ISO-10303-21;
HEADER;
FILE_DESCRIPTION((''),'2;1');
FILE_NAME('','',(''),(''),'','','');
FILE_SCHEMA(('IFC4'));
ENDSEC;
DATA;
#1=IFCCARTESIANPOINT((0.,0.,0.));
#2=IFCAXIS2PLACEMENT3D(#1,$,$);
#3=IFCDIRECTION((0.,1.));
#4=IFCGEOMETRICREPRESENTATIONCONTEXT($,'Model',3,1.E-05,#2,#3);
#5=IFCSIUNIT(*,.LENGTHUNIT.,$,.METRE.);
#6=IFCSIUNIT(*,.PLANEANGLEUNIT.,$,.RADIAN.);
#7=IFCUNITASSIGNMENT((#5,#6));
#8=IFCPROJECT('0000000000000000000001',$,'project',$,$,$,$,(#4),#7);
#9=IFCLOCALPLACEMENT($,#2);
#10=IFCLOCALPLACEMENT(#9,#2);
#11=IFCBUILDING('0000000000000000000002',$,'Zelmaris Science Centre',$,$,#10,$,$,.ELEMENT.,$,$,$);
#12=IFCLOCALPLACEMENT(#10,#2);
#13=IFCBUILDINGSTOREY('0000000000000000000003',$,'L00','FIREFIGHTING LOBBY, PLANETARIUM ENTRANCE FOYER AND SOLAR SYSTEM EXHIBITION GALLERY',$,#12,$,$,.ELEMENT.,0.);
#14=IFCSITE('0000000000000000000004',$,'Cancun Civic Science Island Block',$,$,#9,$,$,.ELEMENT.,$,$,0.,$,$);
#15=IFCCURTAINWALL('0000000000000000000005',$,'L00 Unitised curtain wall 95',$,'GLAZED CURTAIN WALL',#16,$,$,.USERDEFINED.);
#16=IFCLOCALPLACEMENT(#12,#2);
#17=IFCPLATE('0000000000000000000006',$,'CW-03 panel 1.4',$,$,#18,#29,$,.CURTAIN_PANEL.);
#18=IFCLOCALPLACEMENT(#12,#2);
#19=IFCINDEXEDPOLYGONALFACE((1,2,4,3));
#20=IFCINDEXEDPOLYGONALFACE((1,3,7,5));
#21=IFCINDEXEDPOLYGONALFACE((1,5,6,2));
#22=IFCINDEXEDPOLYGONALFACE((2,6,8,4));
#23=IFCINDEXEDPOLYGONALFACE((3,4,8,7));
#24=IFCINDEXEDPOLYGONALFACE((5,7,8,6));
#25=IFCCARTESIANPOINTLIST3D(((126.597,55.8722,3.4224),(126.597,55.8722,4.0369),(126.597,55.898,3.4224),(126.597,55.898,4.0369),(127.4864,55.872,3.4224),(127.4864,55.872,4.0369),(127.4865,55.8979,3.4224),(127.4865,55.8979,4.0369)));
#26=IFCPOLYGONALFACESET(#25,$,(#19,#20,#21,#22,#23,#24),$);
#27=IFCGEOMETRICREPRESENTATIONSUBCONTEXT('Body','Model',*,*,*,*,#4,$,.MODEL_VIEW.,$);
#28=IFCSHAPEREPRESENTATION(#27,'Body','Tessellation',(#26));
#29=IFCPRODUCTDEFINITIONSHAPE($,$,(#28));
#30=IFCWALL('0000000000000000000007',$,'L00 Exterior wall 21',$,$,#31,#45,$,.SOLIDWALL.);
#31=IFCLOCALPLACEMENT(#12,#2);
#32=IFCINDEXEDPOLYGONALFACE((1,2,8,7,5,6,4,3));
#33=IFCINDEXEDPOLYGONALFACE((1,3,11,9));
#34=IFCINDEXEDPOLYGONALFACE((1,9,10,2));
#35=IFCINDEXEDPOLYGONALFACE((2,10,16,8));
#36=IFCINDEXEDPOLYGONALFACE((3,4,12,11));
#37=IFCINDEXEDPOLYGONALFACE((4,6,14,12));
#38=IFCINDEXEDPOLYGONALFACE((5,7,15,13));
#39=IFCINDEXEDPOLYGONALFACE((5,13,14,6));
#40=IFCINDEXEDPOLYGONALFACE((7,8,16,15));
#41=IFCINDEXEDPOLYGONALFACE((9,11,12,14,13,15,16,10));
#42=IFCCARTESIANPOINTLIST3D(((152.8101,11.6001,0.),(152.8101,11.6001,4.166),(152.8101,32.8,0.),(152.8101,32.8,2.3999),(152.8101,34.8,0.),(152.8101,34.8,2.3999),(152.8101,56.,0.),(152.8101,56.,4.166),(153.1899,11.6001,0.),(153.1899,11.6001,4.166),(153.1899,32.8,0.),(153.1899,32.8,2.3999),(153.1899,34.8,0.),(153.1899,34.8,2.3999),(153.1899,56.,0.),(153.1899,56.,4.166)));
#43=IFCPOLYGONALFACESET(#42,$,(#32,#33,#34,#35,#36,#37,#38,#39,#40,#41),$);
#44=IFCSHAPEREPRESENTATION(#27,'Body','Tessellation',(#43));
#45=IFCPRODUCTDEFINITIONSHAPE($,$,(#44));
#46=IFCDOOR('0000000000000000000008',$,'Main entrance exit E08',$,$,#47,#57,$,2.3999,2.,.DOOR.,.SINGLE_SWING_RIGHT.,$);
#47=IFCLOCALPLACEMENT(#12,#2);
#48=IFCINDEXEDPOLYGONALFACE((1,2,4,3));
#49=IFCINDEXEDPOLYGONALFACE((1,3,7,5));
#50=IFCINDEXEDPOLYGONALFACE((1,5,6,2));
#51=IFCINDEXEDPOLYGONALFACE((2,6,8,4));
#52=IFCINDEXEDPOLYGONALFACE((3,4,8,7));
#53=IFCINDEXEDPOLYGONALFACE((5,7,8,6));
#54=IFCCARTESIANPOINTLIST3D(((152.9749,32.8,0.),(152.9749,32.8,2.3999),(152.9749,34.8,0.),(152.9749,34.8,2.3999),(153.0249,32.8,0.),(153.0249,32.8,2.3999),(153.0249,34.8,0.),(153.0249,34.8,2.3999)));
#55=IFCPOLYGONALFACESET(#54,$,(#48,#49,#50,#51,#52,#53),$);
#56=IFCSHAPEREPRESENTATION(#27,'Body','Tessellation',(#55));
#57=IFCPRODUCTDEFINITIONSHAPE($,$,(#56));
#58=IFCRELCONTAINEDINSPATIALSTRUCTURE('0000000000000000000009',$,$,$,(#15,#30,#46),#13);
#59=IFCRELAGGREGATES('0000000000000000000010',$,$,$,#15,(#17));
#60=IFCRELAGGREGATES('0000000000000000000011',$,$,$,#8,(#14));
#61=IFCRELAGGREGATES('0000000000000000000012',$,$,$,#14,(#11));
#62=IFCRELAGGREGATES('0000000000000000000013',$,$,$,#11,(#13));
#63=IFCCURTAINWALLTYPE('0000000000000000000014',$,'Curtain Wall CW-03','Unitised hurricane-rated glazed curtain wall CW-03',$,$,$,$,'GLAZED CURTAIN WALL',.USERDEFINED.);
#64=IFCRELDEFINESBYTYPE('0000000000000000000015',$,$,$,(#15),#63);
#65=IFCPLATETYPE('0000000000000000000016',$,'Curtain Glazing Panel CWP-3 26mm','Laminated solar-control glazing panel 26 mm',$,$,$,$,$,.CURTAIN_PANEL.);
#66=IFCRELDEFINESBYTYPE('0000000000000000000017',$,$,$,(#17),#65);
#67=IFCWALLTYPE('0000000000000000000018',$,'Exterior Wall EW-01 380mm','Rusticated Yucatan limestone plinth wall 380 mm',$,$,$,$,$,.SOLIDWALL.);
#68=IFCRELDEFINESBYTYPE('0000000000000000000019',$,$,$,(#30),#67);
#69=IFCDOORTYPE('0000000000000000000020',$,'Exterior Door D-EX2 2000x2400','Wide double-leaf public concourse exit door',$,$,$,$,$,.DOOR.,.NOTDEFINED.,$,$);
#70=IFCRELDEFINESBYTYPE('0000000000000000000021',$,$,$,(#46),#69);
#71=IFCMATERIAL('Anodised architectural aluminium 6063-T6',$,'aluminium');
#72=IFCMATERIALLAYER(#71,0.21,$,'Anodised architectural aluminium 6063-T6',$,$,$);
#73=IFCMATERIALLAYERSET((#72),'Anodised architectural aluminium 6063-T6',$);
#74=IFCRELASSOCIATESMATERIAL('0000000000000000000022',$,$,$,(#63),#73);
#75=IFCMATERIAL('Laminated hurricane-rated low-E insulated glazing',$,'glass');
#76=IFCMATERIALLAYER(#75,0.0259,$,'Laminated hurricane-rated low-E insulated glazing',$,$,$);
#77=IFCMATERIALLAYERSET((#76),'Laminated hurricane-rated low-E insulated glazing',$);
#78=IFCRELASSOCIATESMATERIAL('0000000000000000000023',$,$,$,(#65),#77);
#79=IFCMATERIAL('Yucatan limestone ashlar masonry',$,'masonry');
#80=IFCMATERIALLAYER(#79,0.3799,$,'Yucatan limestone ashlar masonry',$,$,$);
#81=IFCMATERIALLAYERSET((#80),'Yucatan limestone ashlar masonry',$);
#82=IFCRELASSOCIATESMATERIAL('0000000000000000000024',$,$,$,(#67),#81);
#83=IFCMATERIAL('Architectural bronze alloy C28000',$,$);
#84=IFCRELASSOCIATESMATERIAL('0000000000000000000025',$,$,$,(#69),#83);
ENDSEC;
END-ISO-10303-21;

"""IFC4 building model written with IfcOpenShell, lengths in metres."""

from ifc_helpers import new_model, si_unit, direction, frame, frame_2d, origin, origin_2d, place, context, subcontext, project, spatial, rectangle, extrude, material, layer, layer_set, type_object, element, fill, aggregate, save


model = new_model("IFC4")

# Units and contexts
model_context = context("Model", 3, precision=1e-05, world=origin(), true_north=direction((0.0, 1.0)))
body_context = subcontext(model_context, "Body", "Model", "MODEL_VIEW")
ifc_project = project(units=[si_unit("LENGTHUNIT", "METRE"), si_unit("PLANEANGLEUNIT", "RADIAN")], contexts=[model_context])

# Site, building, storey
site_placement = place(None, origin())
site = spatial("IfcSite", under=ifc_project, at=site_placement, Name="Cancun Civic Science Island Block", CompositionType="ELEMENT", RefElevation=0.0)
building_placement = place(site_placement, origin())
building = spatial("IfcBuilding", under=site, at=building_placement, Name="Zelmaris Science Centre", CompositionType="ELEMENT")
storey_placement = place(building_placement, origin())
storey = spatial("IfcBuildingStorey", under=building, at=storey_placement, Name="L00", Description="FIREFIGHTING LOBBY, PLANETARIUM ENTRANCE FOYER AND SOLAR SYSTEM EXHIBITION GALLERY", CompositionType="ELEMENT", Elevation=0.0)

# Curtain wall
ifc_material_1 = material(Name="Anodised architectural aluminium 6063-T6", Category="aluminium")
ifc_layer_1 = layer(ifc_material_1, 0.21, Name="Anodised architectural aluminium 6063-T6")
ifc_layer_set_1 = layer_set([ifc_layer_1], Name="Anodised architectural aluminium 6063-T6")
curtain_wall_type_1 = type_object("IfcCurtainWallType", Name="Curtain Wall CW-03", Description="Unitised hurricane-rated glazed curtain wall CW-03", ElementType="GLAZED CURTAIN WALL", PredefinedType="USERDEFINED", material=ifc_layer_set_1)
curtain_wall_1_placement = place(storey_placement, origin())
curtain_wall_1 = element("IfcCurtainWall", 1, at=curtain_wall_1_placement, inside=storey, type_object=curtain_wall_type_1, Name="L00 Unitised curtain wall 95", ObjectType="GLAZED CURTAIN WALL", PredefinedType="USERDEFINED")

# Plate
ifc_material_2 = material(Name="Laminated hurricane-rated low-E insulated glazing", Category="glass")
ifc_layer_2 = layer(ifc_material_2, 0.0259, Name="Laminated hurricane-rated low-E insulated glazing")
ifc_layer_set_2 = layer_set([ifc_layer_2], Name="Laminated hurricane-rated low-E insulated glazing")
plate_type_1 = type_object("IfcPlateType", Name="Curtain Glazing Panel CWP-3 26mm", Description="Laminated solar-control glazing panel 26 mm", PredefinedType="CURTAIN_PANEL", material=ifc_layer_set_2)
plate_1_placement = place(storey_placement, frame((127.0417, 55.885, 3.4224), z_axis=(0.0, 0.0, 1.0), x_axis=(1.0, -0.000205, 0.0)))
plate_1 = element("IfcPlate", 2, at=plate_1_placement, type_object=plate_type_1, Name="CW-03 panel 1.4", PredefinedType="CURTAIN_PANEL", context=body_context, shape_type="SweptSolid", body=[
    extrude(rectangle(XDim=0.8894, YDim=0.0259, at=origin_2d()), origin(), (0.0, 0.0, 1.0), 0.6145),
])
aggregate(curtain_wall_1, [plate_1])

# Wall, opening, door
ifc_material_3 = material(Name="Yucatan limestone ashlar masonry", Category="masonry")
ifc_layer_3 = layer(ifc_material_3, 0.3799, Name="Yucatan limestone ashlar masonry")
ifc_layer_set_3 = layer_set([ifc_layer_3], Name="Yucatan limestone ashlar masonry")
wall_type = type_object("IfcWallType", Name="Exterior Wall EW-01 380mm", Description="Rusticated Yucatan limestone plinth wall 380 mm", PredefinedType="SOLIDWALL", material=ifc_layer_set_3)
wall_placement = place(storey_placement, frame((153.0, 56.0, 0.0), z_axis=(0.0, 0.0, 1.0), x_axis=(0.0, -1.0, 0.0)))
wall = element("IfcWall", 3, at=wall_placement, inside=storey, type_object=wall_type, Name="L00 Exterior wall 21", PredefinedType="SOLIDWALL", context=body_context, shape_type="SweptSolid", body=[
    extrude(rectangle(XDim=44.3999, YDim=0.3799, at=frame_2d((22.2, 0.0))), origin(), (0.0, 0.0, 1.0), 4.166),
])
opening_placement = place(wall_placement, frame((21.2, 0.0, 0.0)))
opening = element("IfcOpeningElement", 4, at=opening_placement, cuts=wall, PredefinedType="OPENING", context=body_context, shape_type="SweptSolid", body=[
    extrude(rectangle(XDim=2.0, YDim=2.3999, at=frame_2d((1.0, 1.2))), frame((0.0, 0.2, 0.0), z_axis=(0.0, -1.0, 0.0), x_axis=(1.0, 0.0, 0.0)), (0.0, 0.0, 1.0), 0.3999),
])
ifc_material_4 = material(Name="Architectural bronze alloy C28000")
door_type = type_object("IfcDoorType", Name="Exterior Door D-EX2 2000x2400", Description="Wide double-leaf public concourse exit door", OperationType="NOTDEFINED", PredefinedType="DOOR", material=ifc_material_4)
door_placement = place(opening_placement, origin())
door = element("IfcDoor", 5, at=door_placement, inside=storey, type_object=door_type, Name="Main entrance exit E08", OperationType="SINGLE_SWING_RIGHT", OverallHeight=2.3999, OverallWidth=2.0, PredefinedType="DOOR", context=body_context, shape_type="SweptSolid", body=[
    extrude(rectangle(XDim=2.0, YDim=2.3999, at=frame_2d((1.0, 1.2))), frame((0.0, 0.0249, 0.0), z_axis=(0.0, -1.0, 0.0), x_axis=(1.0, 0.0, 0.0)), (0.0, 0.0, 1.0), 0.05),
])
fill(opening, door)

save(model, "model.ifc")
